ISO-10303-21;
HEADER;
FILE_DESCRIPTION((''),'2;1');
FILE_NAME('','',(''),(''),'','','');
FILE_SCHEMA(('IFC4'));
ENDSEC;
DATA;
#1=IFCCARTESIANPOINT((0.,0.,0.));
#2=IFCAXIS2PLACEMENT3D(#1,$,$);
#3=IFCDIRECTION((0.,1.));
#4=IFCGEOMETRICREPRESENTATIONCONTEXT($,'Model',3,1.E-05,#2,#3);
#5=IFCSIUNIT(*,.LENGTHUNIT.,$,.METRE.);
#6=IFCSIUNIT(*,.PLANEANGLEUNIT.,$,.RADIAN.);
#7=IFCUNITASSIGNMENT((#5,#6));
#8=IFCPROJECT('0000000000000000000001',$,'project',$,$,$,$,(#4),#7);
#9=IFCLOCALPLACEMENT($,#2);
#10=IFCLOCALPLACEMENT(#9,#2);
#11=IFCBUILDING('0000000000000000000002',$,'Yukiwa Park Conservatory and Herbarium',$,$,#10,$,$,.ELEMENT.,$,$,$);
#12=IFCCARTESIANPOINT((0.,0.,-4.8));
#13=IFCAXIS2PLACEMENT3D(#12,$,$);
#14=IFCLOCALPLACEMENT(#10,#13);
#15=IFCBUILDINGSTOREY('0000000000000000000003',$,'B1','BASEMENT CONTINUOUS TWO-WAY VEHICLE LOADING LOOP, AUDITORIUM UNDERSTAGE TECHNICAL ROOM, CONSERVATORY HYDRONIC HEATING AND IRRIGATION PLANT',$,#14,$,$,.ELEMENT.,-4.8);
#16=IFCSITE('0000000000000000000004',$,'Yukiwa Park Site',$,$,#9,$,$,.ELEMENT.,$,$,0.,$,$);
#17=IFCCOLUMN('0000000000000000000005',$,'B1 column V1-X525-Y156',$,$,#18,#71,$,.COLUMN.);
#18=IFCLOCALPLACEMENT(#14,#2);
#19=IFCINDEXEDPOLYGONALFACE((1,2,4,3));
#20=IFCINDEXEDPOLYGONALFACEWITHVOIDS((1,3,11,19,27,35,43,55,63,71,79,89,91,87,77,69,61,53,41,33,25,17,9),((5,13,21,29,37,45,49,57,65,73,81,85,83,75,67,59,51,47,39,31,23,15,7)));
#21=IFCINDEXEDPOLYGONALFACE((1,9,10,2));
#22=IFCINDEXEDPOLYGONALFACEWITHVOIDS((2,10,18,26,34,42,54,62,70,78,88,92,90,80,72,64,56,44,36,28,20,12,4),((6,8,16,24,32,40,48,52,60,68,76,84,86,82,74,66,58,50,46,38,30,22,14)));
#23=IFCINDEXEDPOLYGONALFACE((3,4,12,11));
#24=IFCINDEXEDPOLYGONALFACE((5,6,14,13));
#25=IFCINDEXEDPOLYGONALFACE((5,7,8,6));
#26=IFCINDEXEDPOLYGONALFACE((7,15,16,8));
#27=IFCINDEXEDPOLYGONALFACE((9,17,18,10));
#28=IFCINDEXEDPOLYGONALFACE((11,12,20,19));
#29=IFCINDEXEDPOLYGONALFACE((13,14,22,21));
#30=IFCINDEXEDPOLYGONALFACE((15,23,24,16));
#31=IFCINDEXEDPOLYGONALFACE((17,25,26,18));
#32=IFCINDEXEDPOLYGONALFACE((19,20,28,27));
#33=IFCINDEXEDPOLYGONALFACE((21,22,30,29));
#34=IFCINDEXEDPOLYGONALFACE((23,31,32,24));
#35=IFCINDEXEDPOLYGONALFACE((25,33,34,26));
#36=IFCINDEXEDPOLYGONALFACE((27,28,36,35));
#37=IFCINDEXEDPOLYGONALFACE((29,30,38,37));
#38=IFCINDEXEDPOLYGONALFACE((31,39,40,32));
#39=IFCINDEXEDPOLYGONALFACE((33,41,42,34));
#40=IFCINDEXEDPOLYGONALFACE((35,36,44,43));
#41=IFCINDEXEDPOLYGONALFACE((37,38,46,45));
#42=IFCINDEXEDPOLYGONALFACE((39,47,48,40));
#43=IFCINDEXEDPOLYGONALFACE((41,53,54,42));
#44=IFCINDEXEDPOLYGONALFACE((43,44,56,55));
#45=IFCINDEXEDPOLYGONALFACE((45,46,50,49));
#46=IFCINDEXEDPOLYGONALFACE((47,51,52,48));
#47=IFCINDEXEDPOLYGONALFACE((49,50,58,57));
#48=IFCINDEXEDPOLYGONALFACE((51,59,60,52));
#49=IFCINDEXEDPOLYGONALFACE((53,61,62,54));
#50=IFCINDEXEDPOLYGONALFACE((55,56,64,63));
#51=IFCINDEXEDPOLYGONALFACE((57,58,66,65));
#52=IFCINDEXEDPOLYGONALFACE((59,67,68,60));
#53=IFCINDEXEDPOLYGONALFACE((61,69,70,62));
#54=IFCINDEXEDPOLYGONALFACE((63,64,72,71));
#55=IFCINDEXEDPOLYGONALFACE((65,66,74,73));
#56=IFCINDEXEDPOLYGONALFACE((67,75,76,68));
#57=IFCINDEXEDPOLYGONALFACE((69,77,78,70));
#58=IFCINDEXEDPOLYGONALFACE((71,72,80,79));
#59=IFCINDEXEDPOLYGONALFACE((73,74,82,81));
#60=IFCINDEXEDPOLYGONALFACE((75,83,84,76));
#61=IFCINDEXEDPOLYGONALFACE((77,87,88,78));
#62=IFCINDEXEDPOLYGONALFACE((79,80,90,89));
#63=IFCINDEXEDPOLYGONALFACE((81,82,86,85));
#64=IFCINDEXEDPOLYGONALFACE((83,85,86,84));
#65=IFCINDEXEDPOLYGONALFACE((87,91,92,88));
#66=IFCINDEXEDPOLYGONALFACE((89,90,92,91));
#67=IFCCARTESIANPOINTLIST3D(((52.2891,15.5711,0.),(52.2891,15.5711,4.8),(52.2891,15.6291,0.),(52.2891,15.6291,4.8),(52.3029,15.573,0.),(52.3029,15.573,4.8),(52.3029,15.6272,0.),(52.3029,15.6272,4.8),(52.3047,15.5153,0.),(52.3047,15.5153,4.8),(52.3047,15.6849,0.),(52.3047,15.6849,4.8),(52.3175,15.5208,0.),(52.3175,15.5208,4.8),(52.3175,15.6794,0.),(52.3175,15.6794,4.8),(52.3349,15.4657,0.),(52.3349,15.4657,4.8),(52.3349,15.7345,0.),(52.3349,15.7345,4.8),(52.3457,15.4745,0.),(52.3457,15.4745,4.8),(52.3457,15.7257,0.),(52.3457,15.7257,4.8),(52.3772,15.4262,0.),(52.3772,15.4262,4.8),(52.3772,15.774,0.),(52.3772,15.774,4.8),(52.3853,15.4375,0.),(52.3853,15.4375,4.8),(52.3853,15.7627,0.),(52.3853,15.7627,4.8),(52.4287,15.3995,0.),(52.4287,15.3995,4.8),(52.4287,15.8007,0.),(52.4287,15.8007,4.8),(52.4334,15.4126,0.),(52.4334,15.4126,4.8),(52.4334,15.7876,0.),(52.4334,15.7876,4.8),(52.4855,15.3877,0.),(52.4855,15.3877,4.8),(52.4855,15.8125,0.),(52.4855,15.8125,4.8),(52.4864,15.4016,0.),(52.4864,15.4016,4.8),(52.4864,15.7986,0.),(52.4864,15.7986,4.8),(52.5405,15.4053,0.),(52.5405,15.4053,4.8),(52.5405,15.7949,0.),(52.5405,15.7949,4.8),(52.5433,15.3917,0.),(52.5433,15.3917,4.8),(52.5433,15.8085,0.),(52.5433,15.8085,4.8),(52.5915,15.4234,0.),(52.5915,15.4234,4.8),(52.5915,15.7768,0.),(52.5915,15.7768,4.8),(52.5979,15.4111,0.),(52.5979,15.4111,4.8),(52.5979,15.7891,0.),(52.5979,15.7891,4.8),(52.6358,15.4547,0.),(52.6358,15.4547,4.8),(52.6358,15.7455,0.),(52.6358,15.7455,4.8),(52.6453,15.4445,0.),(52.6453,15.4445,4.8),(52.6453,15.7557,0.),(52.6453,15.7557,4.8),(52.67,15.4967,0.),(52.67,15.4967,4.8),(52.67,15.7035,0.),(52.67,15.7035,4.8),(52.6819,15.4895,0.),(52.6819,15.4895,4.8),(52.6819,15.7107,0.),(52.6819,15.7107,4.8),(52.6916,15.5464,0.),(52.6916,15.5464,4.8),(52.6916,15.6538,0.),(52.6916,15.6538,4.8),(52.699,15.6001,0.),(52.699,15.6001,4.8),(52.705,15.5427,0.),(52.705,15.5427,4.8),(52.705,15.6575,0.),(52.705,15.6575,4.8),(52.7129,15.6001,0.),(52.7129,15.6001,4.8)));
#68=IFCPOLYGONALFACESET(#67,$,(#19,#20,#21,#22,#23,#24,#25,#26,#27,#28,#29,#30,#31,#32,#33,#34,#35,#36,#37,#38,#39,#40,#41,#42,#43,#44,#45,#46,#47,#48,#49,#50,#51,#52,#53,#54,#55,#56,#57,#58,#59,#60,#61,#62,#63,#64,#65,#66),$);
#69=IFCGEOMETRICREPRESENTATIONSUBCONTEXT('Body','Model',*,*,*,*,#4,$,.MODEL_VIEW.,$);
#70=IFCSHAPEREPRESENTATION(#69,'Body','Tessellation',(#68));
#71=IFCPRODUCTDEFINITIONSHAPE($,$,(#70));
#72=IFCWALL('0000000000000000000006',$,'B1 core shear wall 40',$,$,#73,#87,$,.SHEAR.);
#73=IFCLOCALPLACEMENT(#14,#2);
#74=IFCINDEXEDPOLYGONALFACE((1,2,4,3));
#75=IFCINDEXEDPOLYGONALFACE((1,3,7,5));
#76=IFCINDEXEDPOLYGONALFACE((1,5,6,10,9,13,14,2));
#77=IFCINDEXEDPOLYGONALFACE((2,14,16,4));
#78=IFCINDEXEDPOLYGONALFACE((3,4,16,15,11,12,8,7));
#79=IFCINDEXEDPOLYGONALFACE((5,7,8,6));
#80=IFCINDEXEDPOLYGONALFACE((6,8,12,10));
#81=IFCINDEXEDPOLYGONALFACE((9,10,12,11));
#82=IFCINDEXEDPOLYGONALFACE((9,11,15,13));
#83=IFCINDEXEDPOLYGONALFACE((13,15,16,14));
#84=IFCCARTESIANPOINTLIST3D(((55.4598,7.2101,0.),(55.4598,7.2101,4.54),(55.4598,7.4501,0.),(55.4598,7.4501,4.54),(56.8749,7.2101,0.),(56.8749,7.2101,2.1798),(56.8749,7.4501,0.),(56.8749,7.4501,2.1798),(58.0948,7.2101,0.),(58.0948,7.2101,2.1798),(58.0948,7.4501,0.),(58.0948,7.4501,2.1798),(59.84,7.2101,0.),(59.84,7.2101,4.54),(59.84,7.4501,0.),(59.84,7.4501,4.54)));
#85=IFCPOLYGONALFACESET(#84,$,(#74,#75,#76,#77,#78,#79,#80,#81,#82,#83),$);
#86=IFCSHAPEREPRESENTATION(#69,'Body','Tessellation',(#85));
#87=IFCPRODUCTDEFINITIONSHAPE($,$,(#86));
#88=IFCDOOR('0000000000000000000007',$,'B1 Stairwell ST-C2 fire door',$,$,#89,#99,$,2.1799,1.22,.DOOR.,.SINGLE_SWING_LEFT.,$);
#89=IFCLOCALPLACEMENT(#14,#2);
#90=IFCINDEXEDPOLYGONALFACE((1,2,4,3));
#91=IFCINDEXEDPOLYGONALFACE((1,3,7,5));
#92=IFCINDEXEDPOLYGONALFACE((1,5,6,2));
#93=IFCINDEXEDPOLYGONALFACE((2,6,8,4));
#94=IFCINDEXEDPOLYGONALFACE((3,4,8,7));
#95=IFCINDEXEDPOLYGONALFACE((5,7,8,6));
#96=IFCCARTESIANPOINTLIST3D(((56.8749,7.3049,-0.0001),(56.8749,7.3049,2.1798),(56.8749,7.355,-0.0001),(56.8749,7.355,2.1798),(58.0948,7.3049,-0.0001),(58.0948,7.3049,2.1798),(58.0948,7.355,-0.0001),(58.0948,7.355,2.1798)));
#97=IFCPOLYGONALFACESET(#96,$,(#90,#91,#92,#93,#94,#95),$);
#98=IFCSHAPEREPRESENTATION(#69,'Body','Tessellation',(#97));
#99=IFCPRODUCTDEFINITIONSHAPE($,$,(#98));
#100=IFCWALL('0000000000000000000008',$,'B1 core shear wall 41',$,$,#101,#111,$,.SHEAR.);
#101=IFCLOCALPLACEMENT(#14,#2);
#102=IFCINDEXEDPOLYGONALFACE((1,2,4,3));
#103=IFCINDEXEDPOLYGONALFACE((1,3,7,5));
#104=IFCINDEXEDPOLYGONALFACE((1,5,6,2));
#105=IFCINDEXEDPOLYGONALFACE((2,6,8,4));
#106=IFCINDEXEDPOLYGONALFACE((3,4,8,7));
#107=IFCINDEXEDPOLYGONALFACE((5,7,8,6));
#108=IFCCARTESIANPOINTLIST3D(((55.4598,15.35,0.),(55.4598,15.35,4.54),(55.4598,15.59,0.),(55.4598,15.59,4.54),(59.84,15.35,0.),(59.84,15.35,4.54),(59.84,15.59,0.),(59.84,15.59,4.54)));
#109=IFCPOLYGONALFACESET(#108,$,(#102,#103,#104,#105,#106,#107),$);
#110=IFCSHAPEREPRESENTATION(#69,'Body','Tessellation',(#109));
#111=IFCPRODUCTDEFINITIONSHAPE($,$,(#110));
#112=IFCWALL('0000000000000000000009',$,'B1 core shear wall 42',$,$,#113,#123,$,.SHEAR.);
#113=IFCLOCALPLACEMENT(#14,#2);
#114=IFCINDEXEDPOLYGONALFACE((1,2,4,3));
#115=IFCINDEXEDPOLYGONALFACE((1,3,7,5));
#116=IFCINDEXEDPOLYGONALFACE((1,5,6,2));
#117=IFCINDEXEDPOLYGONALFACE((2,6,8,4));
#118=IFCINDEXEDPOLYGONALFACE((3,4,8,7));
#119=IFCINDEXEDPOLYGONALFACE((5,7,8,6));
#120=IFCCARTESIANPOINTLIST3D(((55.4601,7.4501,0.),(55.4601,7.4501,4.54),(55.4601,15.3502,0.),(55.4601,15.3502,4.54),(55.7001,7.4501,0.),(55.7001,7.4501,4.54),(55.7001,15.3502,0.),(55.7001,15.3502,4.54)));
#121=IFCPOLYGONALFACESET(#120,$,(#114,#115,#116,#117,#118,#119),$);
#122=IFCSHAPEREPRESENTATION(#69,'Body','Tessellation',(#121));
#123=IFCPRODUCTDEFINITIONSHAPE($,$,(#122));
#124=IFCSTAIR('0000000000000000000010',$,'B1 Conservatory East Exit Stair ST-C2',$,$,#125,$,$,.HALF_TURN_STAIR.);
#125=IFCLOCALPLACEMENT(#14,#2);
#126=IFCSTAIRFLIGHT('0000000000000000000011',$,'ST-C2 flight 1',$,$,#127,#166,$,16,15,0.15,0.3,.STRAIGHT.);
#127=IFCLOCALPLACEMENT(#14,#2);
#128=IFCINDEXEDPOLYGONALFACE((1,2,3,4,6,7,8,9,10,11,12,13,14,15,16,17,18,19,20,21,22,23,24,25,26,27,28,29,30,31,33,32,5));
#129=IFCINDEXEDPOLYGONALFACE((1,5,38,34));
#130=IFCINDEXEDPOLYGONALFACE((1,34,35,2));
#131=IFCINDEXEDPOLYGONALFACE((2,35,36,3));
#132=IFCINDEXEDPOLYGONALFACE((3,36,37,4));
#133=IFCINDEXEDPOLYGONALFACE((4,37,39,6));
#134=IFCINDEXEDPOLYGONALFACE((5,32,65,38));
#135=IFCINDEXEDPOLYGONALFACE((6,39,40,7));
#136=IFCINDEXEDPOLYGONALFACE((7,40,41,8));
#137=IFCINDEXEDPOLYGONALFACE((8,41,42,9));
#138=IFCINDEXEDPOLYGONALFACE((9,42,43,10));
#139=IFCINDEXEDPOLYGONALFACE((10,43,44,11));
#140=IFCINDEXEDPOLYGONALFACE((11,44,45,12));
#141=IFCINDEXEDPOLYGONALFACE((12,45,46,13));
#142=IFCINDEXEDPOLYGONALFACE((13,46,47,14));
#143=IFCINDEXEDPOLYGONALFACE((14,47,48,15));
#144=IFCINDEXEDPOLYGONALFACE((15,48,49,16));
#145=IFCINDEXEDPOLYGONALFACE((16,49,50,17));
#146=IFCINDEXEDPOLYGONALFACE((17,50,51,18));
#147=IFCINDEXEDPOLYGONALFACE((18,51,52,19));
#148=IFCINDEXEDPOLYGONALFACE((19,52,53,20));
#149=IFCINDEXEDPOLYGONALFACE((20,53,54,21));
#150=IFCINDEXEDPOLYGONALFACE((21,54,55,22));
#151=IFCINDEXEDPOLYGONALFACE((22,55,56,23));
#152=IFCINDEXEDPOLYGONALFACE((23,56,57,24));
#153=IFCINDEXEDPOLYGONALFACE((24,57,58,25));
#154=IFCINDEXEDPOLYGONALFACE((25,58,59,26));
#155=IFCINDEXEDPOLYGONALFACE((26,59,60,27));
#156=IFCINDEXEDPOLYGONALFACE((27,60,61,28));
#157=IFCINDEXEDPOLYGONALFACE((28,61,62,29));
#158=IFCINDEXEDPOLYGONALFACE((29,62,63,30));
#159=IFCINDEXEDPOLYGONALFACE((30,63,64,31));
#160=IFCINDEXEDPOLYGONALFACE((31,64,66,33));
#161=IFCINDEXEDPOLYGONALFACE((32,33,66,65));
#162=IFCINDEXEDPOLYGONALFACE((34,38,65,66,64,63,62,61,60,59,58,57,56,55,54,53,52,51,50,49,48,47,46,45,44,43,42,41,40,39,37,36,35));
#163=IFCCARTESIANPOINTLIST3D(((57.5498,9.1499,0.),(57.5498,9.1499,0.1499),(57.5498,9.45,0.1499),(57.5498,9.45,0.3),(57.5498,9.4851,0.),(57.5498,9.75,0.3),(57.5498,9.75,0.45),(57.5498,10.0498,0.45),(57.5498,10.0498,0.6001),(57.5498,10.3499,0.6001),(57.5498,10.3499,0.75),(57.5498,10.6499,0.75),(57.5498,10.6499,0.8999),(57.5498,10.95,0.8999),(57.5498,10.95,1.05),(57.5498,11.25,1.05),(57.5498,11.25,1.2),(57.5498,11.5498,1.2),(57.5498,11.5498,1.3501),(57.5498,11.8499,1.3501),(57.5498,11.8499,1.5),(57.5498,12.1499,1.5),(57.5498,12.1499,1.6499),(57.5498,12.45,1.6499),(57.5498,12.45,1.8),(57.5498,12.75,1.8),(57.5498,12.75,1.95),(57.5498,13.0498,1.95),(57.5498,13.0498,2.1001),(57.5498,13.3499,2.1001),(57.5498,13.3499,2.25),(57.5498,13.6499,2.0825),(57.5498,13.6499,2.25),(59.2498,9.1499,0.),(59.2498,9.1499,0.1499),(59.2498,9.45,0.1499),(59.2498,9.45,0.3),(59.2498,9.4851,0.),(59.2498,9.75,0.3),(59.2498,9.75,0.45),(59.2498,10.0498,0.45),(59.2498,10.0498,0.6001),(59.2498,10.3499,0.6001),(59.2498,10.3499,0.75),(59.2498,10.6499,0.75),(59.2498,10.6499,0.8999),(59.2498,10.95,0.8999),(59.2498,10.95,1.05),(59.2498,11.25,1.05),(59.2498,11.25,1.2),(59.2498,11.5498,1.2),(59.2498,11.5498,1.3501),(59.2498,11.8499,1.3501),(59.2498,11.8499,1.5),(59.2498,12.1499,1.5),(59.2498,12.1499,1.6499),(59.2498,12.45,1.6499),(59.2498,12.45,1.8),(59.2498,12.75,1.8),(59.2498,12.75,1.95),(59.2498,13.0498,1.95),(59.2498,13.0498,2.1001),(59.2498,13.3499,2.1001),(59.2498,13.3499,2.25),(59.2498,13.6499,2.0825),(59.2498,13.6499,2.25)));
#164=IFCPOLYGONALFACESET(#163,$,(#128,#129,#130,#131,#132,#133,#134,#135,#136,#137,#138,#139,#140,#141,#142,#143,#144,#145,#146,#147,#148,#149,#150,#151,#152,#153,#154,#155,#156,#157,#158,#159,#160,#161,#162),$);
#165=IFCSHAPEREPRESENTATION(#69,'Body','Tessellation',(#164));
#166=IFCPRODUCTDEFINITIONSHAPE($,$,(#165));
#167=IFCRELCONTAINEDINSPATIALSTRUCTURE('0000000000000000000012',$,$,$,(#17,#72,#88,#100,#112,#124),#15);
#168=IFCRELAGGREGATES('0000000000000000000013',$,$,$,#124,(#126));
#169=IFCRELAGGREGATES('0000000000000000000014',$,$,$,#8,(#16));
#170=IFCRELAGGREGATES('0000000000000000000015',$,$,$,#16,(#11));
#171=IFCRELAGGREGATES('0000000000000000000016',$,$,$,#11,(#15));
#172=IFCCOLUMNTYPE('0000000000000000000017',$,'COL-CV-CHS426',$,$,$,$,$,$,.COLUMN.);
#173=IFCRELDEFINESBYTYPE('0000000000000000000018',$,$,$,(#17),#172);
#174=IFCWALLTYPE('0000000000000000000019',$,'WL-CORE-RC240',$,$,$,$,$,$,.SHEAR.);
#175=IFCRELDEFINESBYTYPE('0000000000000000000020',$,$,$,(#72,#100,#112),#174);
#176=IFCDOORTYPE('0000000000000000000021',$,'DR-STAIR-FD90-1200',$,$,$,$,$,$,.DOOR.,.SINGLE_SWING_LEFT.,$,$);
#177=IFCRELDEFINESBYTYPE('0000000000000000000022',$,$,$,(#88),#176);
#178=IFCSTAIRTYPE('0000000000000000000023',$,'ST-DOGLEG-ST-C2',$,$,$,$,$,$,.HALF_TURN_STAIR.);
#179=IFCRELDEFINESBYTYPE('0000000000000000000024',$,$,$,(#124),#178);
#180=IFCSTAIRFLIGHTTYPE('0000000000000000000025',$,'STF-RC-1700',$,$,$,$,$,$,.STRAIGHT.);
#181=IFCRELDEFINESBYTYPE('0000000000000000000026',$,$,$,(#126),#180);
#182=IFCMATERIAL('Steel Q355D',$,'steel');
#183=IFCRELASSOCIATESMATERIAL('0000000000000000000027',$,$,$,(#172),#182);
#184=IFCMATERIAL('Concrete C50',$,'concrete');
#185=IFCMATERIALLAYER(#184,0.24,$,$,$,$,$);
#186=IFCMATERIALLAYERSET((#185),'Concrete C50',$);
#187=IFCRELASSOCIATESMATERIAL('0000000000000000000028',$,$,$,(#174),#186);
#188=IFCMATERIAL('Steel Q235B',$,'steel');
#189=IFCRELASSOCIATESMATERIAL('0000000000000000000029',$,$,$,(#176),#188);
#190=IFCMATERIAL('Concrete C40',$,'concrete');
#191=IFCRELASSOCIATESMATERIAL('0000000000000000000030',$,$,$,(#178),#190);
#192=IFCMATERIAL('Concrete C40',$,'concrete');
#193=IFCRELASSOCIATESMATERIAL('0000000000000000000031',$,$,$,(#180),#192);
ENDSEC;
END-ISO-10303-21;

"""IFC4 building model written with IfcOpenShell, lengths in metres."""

from ifc_helpers import new_model, si_unit, direction, frame, frame_2d, origin, origin_2d, place, context, subcontext, project, spatial, polyline, rectangle, hollow_circle, outline, extrude, material, layer, layer_set, material_profile, profile_set, type_object, element, fill, aggregate, save


model = new_model("IFC4")

# Units and contexts
model_context = context("Model", 3, precision=1e-05, world=origin(), true_north=direction((0.0, 1.0)))
body_context = subcontext(model_context, "Body", "Model", "MODEL_VIEW")
ifc_project = project(units=[si_unit("LENGTHUNIT", "METRE"), si_unit("PLANEANGLEUNIT", "RADIAN")], contexts=[model_context])

# Site, building, storey
site_placement = place(None, origin())
site = spatial("IfcSite", under=ifc_project, at=site_placement, Name="Yukiwa Park Site", CompositionType="ELEMENT", RefElevation=0.0)
building_placement = place(site_placement, origin())
building = spatial("IfcBuilding", under=site, at=building_placement, Name="Yukiwa Park Conservatory and Herbarium", CompositionType="ELEMENT")
storey_placement = place(building_placement, frame((0.0, 0.0, -4.8)))
storey = spatial("IfcBuildingStorey", under=building, at=storey_placement, Name="B1", Description="BASEMENT CONTINUOUS TWO-WAY VEHICLE LOADING LOOP, AUDITORIUM UNDERSTAGE TECHNICAL ROOM, CONSERVATORY HYDRONIC HEATING AND IRRIGATION PLANT", CompositionType="ELEMENT", Elevation=-4.8)

# Column
ifc_material_1 = material(Name="Steel Q355D", Category="steel")
ifc_material_profile_1 = material_profile(ifc_material_1, hollow_circle(Radius=0.2129, WallThickness=0.0139, at=origin_2d()), Name="CHS 426x14")
ifc_profile_set_1 = profile_set([ifc_material_profile_1], Name="Steel Q355D")
column_type_1 = type_object("IfcColumnType", Name="COL-CV-CHS426", PredefinedType="COLUMN", material=ifc_profile_set_1)
for number, where, z_axis, x_axis, name in (
    (1, (52.5, 15.6001, 0.0), (0.0, 0.0, 1.0), (1.0, 0.0, 0.0), "B1 column V1-X525-Y156"),
):
    element("IfcColumn", number, at=place(storey_placement, frame(where, z_axis=z_axis, x_axis=x_axis)), inside=storey, type_object=column_type_1, Name=name, PredefinedType="COLUMN", context=body_context, shape_type="SweptSolid", body=[
        extrude(hollow_circle(Radius=0.2129, WallThickness=0.0139, at=origin_2d()), origin(), (0.0, 0.0, 1.0), 4.8),
    ])

# Wall, opening, door
ifc_material_2 = material(Name="Concrete C50", Category="concrete")
ifc_layer_1 = layer(ifc_material_2, 0.24)
ifc_layer_set_1 = layer_set([ifc_layer_1], Name="Concrete C50")
wall_type = type_object("IfcWallType", Name="WL-CORE-RC240", PredefinedType="SHEAR", material=ifc_layer_set_1)
wall_1_placement = place(storey_placement, frame((55.46, 7.3301, 0.0), z_axis=(0.0, 0.0, 1.0), x_axis=(1.0, 0.0, 0.0)))
wall_1 = element("IfcWall", 2, at=wall_1_placement, inside=storey, type_object=wall_type, Name="B1 core shear wall 40", PredefinedType="SHEAR", context=body_context, shape_type="SweptSolid", body=[
    extrude(rectangle(XDim=4.3801, YDim=0.24, at=frame_2d((2.1899, 0.0))), origin(), (0.0, 0.0, 1.0), 4.54),
])
opening_placement = place(wall_1_placement, frame((1.415, 0.0, 0.0)))
opening = element("IfcOpeningElement", 3, at=opening_placement, cuts=wall_1, PredefinedType="OPENING", context=body_context, shape_type="SweptSolid", body=[
    extrude(rectangle(XDim=1.22, YDim=2.1799, at=frame_2d((0.6099, 1.0898))), frame((0.0, 0.1299, 0.0), z_axis=(0.0, -1.0, 0.0), x_axis=(1.0, 0.0, 0.0)), (0.0, 0.0, 1.0), 0.26),
])
ifc_material_3 = material(Name="Steel Q235B", Category="steel")
door_type = type_object("IfcDoorType", Name="DR-STAIR-FD90-1200", OperationType="SINGLE_SWING_LEFT", PredefinedType="DOOR", material=ifc_material_3)
door_placement = place(opening_placement, origin())
door = element("IfcDoor", 4, at=door_placement, inside=storey, type_object=door_type, Name="B1 Stairwell ST-C2 fire door", OperationType="SINGLE_SWING_LEFT", OverallHeight=2.1799, OverallWidth=1.22, PredefinedType="DOOR", context=body_context, shape_type="SweptSolid", body=[
    extrude(rectangle(XDim=1.22, YDim=2.1799, at=frame_2d((0.6099, 1.0898))), frame((0.0, 0.0249, 0.0), z_axis=(0.0, -1.0, 0.0), x_axis=(1.0, 0.0, 0.0)), (0.0, 0.0, 1.0), 0.05),
])
fill(opening, door)

# Walls
wall_2_placement = place(storey_placement, frame((55.46, 15.47, 0.0), z_axis=(0.0, 0.0, 1.0), x_axis=(1.0, 0.0, 0.0)))
element("IfcWall", 5, at=wall_2_placement, inside=storey, type_object=wall_type, Name="B1 core shear wall 41", PredefinedType="SHEAR", context=body_context, shape_type="SweptSolid", body=[
    extrude(rectangle(XDim=4.3801, YDim=0.24, at=frame_2d((2.1899, 0.0))), origin(), (0.0, 0.0, 1.0), 4.54),
])
wall_3_placement = place(storey_placement, frame((55.5801, 7.45, 0.0), z_axis=(0.0, 0.0, 1.0), x_axis=(0.0, 1.0, 0.0)))
element("IfcWall", 6, at=wall_3_placement, inside=storey, type_object=wall_type, Name="B1 core shear wall 42", PredefinedType="SHEAR", context=body_context, shape_type="SweptSolid", body=[
    extrude(rectangle(XDim=7.9001, YDim=0.24, at=frame_2d((3.9502, 0.0))), origin(), (0.0, 0.0, 1.0), 4.54),
])

# Stair, stair flight
ifc_material_4 = material(Name="Concrete C40", Category="concrete")
stair_type = type_object("IfcStairType", Name="ST-DOGLEG-ST-C2", PredefinedType="HALF_TURN_STAIR", material=ifc_material_4)
stair_placement = place(storey_placement, origin())
stair = element("IfcStair", 7, at=stair_placement, inside=storey, type_object=stair_type, Name="B1 Conservatory East Exit Stair ST-C2", PredefinedType="HALF_TURN_STAIR")
ifc_material_5 = material(Name="Concrete C40", Category="concrete")
stair_flight_type = type_object("IfcStairFlightType", Name="STF-RC-1700", PredefinedType="STRAIGHT", material=ifc_material_5)
stair_flight_1_placement = place(storey_placement, frame((58.3999, 9.1499, 0.0), z_axis=(0.0, 0.0, 1.0), x_axis=(0.0, 1.0, 0.0)))
stair_flight_1 = element("IfcStairFlight", 8, at=stair_flight_1_placement, type_object=stair_flight_type, Name="ST-C2 flight 1", NumberOfRisers=16, NumberOfTreads=15, PredefinedType="STRAIGHT", RiserHeight=0.15, TreadLength=0.3, context=body_context, shape_type="SweptSolid", body=[
    extrude(outline(polyline([(0.0, 0.0), (0.0, 0.1499), (0.3, 0.1499), (0.3, 0.3), (0.6001, 0.3), (0.6001, 0.45), (0.8999, 0.45), (0.8999, 0.6001), (1.2, 0.6001), (1.2, 0.75), (1.5, 0.75), (1.5, 0.8999), (1.8, 0.8999), (1.8, 1.05), (2.1001, 1.05), (2.1001, 1.2), (2.3999, 1.2), (2.3999, 1.3501), (2.7, 1.3501), (2.7, 1.5), (3.0, 1.5), (3.0, 1.6499), (3.3, 1.6499), (3.3, 1.8), (3.6001, 1.8), (3.6001, 1.95), (3.8999, 1.95), (3.8999, 2.1001), (4.2, 2.1001), (4.2, 2.25), (4.5, 2.25), (4.5, 2.3999), (4.5, 2.0825), (0.3352, 0.0), (0.0, 0.0)])), frame((0.0, 0.8501, 0.0), z_axis=(0.0, -1.0, 0.0), x_axis=(1.0, 0.0, 0.0)), (0.0, 0.0, 1.0), 1.7),
])
aggregate(stair, [stair_flight_1])

save(model, "model.ifc")
